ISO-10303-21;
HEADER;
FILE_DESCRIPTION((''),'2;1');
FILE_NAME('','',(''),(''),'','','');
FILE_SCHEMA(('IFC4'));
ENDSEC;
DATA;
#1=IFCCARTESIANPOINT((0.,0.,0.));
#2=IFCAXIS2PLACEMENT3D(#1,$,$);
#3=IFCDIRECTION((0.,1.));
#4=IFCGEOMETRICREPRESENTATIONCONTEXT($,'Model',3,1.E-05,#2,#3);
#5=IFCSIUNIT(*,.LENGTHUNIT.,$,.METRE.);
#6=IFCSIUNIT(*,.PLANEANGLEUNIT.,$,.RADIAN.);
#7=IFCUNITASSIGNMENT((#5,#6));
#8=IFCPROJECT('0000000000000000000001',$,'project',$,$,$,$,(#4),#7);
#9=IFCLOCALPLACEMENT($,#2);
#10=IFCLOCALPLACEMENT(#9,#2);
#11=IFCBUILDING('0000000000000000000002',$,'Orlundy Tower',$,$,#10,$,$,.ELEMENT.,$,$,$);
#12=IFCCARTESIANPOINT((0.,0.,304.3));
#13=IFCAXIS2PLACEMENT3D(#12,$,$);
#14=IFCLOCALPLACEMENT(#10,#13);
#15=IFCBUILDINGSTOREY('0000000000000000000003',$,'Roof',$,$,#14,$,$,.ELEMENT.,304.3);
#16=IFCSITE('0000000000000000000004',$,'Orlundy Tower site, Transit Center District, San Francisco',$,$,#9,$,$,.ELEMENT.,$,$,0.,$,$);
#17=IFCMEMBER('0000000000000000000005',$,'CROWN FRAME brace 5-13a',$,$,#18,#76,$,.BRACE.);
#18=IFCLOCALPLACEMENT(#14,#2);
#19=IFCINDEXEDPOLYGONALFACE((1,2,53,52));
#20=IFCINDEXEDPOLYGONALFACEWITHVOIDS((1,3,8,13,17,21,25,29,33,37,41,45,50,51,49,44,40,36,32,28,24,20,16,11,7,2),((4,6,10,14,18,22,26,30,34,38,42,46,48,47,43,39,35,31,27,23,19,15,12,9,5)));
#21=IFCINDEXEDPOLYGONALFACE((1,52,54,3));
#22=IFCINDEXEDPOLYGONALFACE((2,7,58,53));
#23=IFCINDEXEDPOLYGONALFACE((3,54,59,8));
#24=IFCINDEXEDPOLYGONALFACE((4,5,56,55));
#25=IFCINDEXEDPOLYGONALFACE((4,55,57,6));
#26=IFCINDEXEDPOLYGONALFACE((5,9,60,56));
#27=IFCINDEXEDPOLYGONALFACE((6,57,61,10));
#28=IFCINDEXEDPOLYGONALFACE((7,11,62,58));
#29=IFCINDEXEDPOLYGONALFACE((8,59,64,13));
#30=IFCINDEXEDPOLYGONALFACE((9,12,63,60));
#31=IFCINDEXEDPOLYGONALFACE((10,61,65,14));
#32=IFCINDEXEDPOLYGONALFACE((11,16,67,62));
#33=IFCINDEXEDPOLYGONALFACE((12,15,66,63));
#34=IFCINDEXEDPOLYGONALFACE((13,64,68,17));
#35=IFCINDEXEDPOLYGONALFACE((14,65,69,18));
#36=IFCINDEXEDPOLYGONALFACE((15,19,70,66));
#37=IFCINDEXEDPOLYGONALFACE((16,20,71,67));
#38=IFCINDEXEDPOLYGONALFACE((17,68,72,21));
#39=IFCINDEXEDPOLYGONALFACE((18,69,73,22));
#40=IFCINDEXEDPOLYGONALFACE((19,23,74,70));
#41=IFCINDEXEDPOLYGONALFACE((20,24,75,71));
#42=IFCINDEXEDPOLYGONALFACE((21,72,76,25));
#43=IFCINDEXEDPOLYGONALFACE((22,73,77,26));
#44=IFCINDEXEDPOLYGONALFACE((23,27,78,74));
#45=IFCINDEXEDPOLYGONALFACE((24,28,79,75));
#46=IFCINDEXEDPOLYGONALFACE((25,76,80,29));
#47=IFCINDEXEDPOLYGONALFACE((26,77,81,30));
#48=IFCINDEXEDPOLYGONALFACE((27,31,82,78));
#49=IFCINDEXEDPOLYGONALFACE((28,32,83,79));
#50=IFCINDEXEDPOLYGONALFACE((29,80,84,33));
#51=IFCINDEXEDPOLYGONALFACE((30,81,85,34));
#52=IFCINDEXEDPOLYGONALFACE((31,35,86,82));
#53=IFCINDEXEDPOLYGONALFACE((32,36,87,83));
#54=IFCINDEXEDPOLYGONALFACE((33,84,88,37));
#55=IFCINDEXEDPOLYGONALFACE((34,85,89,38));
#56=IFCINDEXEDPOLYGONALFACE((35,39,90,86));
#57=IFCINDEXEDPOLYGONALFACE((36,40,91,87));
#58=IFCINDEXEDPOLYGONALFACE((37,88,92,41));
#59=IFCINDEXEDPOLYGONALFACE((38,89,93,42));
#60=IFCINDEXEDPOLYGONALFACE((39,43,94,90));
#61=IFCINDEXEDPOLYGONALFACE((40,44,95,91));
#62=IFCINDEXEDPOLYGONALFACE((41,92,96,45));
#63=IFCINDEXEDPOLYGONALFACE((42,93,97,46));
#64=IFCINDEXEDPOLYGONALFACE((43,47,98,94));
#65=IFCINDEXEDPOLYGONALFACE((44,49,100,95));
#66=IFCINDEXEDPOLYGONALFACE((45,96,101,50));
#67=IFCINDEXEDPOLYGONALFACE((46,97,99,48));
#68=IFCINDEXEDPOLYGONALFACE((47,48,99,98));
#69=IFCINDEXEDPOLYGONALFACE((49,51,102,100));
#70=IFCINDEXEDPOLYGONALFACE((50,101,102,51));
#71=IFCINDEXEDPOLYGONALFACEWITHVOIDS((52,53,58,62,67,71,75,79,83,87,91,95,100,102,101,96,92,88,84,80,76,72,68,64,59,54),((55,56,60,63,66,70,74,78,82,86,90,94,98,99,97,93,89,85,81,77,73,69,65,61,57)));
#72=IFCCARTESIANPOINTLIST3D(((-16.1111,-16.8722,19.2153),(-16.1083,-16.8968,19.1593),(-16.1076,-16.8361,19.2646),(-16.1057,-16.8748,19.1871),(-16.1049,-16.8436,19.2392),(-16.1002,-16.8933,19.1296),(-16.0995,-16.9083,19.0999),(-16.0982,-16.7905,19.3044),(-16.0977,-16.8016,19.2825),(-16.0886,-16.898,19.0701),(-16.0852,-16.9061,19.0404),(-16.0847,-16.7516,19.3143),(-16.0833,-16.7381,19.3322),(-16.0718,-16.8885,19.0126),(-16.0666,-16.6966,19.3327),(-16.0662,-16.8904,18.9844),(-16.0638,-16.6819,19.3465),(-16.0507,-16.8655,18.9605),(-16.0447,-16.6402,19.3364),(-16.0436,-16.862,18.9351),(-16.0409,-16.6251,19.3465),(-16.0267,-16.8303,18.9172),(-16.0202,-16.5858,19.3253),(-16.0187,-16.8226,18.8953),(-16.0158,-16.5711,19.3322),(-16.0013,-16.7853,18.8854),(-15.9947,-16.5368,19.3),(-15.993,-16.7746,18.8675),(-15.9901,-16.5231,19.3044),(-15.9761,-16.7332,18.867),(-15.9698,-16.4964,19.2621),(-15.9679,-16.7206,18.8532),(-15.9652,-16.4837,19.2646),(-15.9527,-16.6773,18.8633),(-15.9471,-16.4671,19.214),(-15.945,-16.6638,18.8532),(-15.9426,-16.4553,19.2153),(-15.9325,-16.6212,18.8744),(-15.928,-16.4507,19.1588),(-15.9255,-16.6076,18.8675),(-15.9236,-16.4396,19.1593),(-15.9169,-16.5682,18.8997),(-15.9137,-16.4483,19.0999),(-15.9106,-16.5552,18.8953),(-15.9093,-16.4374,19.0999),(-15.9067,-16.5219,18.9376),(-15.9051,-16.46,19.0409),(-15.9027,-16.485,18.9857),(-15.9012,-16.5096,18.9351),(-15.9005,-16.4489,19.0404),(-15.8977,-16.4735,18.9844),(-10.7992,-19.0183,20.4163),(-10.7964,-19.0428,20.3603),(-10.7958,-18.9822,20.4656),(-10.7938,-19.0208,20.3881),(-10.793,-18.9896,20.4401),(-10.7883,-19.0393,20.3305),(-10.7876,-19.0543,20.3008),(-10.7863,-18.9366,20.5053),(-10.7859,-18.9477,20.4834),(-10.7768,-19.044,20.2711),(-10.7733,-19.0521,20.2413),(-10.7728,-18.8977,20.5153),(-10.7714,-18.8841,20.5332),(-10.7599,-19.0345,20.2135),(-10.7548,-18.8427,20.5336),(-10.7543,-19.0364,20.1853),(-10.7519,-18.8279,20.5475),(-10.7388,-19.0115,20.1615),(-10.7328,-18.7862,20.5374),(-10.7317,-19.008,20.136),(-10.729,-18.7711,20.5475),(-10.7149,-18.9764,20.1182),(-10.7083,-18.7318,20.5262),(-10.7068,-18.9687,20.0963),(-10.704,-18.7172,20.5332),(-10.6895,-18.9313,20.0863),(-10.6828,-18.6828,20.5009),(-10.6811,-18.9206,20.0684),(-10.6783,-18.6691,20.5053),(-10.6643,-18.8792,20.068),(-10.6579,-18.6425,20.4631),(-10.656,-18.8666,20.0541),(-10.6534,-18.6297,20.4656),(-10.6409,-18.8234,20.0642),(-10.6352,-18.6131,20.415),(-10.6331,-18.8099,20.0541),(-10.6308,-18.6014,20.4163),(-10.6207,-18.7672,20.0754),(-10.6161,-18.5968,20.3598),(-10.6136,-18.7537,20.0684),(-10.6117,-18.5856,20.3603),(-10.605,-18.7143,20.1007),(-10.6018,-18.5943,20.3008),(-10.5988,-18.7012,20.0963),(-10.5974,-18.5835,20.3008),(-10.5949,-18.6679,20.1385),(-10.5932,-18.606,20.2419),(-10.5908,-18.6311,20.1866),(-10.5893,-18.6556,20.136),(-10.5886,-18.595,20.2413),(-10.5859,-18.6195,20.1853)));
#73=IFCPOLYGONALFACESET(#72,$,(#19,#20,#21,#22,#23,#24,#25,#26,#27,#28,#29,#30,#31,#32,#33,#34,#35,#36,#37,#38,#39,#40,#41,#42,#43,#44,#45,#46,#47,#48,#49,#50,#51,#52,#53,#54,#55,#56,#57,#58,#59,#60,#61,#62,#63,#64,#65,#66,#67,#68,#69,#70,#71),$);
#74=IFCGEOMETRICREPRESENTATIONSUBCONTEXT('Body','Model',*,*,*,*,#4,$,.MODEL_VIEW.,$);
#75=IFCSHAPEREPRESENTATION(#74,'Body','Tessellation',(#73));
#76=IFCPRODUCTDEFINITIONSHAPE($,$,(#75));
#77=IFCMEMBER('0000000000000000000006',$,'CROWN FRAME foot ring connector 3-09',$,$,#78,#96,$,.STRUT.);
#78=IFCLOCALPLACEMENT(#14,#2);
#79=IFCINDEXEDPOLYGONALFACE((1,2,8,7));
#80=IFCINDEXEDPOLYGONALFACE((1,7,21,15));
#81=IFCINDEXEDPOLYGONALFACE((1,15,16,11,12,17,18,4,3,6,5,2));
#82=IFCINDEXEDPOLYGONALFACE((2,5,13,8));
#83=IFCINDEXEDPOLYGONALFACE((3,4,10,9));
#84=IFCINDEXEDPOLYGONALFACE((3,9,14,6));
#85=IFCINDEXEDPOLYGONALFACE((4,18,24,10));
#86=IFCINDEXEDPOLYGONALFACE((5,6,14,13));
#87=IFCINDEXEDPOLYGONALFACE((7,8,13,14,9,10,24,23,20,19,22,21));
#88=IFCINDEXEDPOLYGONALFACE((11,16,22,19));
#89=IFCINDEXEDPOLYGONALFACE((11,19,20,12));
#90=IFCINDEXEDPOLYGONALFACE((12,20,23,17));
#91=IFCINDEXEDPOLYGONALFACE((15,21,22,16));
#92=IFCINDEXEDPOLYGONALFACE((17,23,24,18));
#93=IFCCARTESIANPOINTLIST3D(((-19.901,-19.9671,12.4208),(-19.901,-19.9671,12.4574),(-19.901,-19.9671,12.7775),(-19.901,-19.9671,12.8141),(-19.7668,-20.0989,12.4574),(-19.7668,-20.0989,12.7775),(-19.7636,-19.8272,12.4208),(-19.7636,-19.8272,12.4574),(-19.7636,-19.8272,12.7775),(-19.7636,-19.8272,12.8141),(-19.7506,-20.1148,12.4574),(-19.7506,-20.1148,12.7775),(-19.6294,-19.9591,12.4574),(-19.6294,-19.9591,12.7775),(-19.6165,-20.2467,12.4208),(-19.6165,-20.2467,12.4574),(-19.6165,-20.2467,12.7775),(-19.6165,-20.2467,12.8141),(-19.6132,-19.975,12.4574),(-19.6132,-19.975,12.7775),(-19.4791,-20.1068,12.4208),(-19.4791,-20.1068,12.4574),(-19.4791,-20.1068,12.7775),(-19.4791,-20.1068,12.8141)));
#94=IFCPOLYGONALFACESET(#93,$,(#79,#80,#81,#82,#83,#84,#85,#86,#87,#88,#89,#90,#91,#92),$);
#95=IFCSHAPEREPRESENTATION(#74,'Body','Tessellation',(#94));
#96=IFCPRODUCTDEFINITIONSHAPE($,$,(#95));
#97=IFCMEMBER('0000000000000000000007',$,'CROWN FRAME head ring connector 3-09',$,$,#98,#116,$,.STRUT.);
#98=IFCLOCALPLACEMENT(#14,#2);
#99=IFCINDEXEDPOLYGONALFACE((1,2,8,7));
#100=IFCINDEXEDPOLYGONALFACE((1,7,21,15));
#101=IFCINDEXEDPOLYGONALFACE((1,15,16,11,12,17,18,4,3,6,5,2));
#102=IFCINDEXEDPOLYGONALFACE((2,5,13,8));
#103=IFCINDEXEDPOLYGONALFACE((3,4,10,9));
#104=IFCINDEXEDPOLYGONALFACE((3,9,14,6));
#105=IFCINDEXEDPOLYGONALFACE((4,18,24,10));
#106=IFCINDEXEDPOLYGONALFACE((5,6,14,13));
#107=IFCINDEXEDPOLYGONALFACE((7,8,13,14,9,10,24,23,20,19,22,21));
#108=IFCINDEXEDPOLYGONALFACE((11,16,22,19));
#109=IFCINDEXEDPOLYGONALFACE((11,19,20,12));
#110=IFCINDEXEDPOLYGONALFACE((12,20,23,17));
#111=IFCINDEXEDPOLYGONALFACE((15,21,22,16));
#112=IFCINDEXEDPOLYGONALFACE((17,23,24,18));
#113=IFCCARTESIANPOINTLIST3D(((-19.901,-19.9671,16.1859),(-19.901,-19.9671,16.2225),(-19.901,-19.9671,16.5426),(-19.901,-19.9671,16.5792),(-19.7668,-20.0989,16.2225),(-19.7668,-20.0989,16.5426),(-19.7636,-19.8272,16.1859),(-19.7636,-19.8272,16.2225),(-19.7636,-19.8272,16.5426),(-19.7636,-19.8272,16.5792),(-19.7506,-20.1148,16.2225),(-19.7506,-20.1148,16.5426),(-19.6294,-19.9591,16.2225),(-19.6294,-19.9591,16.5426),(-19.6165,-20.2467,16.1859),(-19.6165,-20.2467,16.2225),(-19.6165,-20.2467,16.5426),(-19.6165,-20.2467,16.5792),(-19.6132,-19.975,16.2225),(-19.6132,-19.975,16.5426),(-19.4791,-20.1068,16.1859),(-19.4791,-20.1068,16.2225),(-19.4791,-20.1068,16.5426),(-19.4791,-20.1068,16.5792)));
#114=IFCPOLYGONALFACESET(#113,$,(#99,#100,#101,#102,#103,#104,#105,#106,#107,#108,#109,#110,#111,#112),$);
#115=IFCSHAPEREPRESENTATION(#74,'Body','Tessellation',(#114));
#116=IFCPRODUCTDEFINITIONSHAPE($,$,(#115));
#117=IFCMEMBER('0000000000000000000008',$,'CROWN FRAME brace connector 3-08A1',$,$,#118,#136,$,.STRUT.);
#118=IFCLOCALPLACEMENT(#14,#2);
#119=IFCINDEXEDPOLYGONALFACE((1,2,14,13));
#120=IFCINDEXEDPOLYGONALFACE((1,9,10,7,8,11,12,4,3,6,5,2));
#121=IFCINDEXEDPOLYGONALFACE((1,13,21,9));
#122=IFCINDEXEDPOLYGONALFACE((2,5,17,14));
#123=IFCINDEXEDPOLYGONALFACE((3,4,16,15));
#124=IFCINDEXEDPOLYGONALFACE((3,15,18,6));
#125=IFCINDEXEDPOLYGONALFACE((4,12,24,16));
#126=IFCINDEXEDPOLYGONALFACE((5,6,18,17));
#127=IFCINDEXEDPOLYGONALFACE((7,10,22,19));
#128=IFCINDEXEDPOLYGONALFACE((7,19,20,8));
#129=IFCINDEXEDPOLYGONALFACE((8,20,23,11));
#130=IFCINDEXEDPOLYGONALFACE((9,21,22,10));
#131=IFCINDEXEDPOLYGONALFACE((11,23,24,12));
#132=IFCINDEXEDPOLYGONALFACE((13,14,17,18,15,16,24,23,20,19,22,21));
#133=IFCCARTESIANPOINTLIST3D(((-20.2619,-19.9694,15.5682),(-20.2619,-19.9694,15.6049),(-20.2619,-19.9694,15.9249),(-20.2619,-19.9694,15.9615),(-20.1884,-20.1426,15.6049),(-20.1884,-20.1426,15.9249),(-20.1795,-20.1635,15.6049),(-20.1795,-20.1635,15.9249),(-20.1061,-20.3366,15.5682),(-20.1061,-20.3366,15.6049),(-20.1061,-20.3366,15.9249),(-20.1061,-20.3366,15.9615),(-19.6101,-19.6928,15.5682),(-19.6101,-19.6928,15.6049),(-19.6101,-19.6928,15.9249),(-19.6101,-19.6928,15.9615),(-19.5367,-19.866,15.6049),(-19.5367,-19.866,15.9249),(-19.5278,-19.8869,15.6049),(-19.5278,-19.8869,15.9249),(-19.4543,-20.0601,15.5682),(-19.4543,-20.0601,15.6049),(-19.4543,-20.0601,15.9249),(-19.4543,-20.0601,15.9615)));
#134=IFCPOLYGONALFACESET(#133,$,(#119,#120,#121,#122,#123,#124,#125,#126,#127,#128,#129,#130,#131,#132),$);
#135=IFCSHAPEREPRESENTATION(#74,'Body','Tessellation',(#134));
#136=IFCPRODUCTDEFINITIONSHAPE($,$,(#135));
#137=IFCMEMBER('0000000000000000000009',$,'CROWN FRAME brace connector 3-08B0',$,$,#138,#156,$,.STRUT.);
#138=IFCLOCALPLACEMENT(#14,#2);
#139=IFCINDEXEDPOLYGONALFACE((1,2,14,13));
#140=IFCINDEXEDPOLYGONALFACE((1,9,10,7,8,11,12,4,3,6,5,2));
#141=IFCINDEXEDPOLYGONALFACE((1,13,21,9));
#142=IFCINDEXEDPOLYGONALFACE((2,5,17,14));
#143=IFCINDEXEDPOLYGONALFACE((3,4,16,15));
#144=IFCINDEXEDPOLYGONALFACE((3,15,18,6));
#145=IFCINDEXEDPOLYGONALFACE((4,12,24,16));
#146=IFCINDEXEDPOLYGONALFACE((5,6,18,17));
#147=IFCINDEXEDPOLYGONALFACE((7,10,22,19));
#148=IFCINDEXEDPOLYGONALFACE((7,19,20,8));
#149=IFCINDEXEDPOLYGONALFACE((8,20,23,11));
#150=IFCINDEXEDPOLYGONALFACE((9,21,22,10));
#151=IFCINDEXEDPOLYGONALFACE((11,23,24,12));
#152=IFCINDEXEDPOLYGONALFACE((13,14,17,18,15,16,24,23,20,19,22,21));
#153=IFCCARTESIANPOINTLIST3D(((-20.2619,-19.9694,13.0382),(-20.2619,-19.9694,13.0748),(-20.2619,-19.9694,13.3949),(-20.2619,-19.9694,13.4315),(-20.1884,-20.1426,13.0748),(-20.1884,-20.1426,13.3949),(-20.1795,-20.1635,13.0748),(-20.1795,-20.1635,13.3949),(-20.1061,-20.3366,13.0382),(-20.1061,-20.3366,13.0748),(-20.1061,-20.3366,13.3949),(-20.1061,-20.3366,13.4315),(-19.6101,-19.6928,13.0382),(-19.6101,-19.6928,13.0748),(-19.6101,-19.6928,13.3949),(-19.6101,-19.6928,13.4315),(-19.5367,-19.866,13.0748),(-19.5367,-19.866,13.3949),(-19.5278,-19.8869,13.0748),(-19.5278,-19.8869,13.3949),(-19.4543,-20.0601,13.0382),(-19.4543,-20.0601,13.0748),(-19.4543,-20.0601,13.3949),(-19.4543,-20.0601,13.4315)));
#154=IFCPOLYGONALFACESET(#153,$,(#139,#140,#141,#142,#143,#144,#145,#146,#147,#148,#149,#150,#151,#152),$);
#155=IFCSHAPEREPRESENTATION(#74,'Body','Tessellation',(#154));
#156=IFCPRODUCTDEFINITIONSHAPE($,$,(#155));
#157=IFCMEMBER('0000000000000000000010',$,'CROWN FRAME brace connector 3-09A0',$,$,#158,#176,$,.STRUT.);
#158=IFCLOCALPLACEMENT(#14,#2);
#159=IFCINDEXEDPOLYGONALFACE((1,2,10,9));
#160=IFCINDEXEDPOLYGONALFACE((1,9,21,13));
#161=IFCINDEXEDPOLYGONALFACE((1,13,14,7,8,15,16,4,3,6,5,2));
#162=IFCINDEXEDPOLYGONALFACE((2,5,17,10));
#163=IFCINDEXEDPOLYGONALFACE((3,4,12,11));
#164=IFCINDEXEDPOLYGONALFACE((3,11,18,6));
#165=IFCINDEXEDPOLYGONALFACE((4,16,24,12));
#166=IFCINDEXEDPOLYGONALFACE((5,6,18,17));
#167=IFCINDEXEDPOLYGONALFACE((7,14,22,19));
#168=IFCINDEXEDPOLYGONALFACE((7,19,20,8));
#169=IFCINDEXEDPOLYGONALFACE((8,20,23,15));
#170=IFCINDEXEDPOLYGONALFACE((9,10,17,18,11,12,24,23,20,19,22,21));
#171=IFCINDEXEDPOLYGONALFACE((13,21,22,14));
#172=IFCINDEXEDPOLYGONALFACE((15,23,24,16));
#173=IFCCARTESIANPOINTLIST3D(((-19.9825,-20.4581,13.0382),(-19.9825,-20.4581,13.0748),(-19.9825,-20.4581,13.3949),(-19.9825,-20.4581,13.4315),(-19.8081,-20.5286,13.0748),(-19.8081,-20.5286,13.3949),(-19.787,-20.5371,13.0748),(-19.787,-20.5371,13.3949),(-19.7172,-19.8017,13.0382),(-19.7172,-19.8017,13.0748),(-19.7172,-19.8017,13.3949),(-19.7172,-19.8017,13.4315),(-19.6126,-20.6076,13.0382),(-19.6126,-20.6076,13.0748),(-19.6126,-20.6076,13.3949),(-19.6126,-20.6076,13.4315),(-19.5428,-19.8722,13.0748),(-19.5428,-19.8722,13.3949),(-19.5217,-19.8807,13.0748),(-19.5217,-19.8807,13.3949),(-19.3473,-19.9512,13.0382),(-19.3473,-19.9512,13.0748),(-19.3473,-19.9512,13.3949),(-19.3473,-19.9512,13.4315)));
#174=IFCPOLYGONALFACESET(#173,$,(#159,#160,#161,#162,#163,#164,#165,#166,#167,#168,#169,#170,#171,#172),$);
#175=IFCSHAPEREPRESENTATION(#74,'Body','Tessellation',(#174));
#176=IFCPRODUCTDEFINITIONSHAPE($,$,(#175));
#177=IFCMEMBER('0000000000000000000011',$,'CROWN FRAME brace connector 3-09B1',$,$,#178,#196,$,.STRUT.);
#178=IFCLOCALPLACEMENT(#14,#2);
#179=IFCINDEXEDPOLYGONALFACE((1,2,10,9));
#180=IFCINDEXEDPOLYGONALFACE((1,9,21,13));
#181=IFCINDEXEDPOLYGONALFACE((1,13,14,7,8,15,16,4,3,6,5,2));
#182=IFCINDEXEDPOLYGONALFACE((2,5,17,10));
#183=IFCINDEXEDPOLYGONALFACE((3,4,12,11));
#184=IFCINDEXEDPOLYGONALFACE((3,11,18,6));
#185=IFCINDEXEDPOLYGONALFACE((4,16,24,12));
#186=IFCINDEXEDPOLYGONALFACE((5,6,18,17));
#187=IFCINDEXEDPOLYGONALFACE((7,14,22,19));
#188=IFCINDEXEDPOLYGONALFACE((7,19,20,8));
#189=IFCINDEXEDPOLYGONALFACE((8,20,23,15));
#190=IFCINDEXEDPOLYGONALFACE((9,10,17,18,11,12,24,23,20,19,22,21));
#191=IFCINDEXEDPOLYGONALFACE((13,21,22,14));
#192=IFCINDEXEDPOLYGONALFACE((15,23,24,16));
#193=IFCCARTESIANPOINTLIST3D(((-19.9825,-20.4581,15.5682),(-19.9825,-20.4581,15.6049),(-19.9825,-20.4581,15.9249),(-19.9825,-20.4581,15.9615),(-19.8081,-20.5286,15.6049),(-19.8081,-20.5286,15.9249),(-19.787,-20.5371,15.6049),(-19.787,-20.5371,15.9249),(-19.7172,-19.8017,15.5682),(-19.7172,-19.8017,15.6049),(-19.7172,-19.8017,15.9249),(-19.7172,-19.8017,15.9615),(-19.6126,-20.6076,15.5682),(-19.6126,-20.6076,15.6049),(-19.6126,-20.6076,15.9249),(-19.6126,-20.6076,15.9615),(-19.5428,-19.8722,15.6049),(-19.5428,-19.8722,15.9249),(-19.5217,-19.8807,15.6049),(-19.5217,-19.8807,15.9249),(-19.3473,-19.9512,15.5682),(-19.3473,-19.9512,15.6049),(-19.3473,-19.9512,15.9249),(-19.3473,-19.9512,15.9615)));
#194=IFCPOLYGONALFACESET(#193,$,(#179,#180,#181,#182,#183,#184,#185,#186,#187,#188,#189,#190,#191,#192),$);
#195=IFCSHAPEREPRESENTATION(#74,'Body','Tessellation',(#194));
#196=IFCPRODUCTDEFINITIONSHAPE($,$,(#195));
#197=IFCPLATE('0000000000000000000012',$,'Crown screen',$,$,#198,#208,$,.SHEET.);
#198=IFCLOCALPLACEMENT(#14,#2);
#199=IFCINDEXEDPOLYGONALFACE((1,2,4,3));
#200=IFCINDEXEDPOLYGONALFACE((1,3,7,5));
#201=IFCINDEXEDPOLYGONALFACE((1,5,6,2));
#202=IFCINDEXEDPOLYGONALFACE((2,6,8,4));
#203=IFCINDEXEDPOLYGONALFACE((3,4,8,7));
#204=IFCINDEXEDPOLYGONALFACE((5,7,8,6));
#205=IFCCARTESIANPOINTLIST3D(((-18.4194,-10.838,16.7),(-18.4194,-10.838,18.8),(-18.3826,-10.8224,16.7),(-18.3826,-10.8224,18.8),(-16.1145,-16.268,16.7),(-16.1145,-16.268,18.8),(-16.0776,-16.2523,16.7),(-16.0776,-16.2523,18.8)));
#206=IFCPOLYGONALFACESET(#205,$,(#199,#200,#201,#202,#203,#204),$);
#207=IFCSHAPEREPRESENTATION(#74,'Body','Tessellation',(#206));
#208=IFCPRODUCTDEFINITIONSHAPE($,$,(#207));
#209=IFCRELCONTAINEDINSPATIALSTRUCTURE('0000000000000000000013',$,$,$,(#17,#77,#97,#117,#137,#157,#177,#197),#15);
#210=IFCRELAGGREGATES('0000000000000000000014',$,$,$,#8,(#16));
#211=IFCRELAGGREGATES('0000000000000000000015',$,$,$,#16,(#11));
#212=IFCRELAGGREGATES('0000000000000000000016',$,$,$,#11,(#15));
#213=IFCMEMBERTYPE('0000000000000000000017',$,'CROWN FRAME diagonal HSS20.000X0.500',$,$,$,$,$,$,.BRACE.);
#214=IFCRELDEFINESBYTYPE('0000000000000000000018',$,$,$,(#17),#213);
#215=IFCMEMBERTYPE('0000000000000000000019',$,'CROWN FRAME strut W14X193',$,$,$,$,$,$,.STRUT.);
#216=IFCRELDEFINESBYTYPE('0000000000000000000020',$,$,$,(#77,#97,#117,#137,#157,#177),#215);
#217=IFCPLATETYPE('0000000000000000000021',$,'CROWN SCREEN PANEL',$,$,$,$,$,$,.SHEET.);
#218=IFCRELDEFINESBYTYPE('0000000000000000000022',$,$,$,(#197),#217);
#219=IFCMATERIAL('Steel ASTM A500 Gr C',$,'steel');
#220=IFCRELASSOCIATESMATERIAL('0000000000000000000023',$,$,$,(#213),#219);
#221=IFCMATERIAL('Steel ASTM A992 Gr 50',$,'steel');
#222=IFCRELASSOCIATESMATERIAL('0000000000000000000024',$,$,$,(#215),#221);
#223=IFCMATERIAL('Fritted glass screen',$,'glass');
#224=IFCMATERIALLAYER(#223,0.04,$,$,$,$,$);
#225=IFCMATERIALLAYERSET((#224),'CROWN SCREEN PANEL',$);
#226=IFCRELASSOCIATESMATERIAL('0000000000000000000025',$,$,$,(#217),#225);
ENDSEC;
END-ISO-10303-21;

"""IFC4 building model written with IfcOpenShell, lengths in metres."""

from ifc_helpers import new_model, si_unit, direction, frame, origin, origin_2d, place, context, subcontext, project, spatial, rectangle, hollow_circle, i_section, extrude, material, layer, layer_set, material_profile, profile_set, type_object, element, save


model = new_model("IFC4")

# Units and contexts
model_context = context("Model", 3, precision=1e-05, world=origin(), true_north=direction((0.0, 1.0)))
body_context = subcontext(model_context, "Body", "Model", "MODEL_VIEW")
ifc_project = project(units=[si_unit("LENGTHUNIT", "METRE"), si_unit("PLANEANGLEUNIT", "RADIAN")], contexts=[model_context])

# Site, building, storey
site_placement = place(None, origin())
site = spatial("IfcSite", under=ifc_project, at=site_placement, Name="Orlundy Tower site, Transit Center District, San Francisco", CompositionType="ELEMENT", RefElevation=0.0)
building_placement = place(site_placement, origin())
building = spatial("IfcBuilding", under=site, at=building_placement, Name="Orlundy Tower", CompositionType="ELEMENT")
storey_placement = place(building_placement, frame((0.0, 0.0, 304.3)))
storey = spatial("IfcBuildingStorey", under=building, at=storey_placement, Name="Roof", CompositionType="ELEMENT", Elevation=304.3)

# Members
ifc_material_1 = material(Name="Steel ASTM A500 Gr C", Category="steel")
ifc_material_profile_1 = material_profile(ifc_material_1, hollow_circle(Radius=0.2539, WallThickness=0.0117, at=origin_2d()), Name="HSS20.000X0.500")
ifc_profile_set_1 = profile_set([ifc_material_profile_1], Name="Steel ASTM A500 Gr C")
member_type_1 = type_object("IfcMemberType", Name="CROWN FRAME diagonal HSS20.000X0.500", PredefinedType="BRACE", material=ifc_profile_set_1)
member_1_placement = place(storey_placement, frame((-16.0044, -16.6729, 19.0999), z_axis=(0.907466, -0.366623, 0.205167), x_axis=(0.374592, 0.92719, 0.0)))
element("IfcMember", 1, at=member_1_placement, inside=storey, type_object=member_type_1, Name="CROWN FRAME brace 5-13a", PredefinedType="BRACE", context=body_context, shape_type="SweptSolid", body=[
    extrude(hollow_circle(Radius=0.2539, WallThickness=0.0117, at=origin_2d()), origin(), (0.0, 0.0, 1.0), 5.8535),
])
ifc_material_2 = material(Name="Steel ASTM A992 Gr 50", Category="steel")
ifc_material_profile_2 = material_profile(ifc_material_2, i_section(OverallWidth=0.3989, OverallDepth=0.3933, WebThickness=0.0227, FlangeThickness=0.0366, at=origin_2d()), Name="W14X193")
ifc_profile_set_2 = profile_set([ifc_material_profile_2], Name="Steel ASTM A992 Gr 50")
member_type_2 = type_object("IfcMemberType", Name="CROWN FRAME strut W14X193", PredefinedType="STRUT", material=ifc_profile_set_2)
for number, where, z_axis, x_axis, name in (
    (2, (-19.6213, -19.967, 12.6174), (-0.700855, -0.713304, 0.0), (0.713304, -0.700855, 0.0), "CROWN FRAME foot ring connector 3-09"),
    (3, (-19.6213, -19.967, 16.3826), (-0.700855, -0.713304, 0.0), (0.713304, -0.700855, 0.0), "CROWN FRAME head ring connector 3-09"),
):
    element("IfcMember", number, at=place(storey_placement, frame(where, z_axis=z_axis, x_axis=x_axis)), inside=storey, type_object=member_type_2, Name=name, PredefinedType="STRUT", context=body_context, shape_type="SweptSolid", body=[
        extrude(i_section(OverallWidth=0.3989, OverallDepth=0.3933, WebThickness=0.0227, FlangeThickness=0.0366, at=origin_2d()), origin(), (0.0, 0.0, 1.0), 0.196),
    ])
for number, where, z_axis, x_axis, name in (
    (4, (-19.5322, -19.8765, 15.7649), (-0.920548, -0.39063, 0.0), (0.39063, -0.920548, 0.0), "CROWN FRAME brace connector 3-08A1"),
    (5, (-19.5322, -19.8765, 13.2349), (-0.920548, -0.39063, 0.0), (0.39063, -0.920548, 0.0), "CROWN FRAME brace connector 3-08B0"),
    (6, (-19.5322, -19.8765, 13.2349), (-0.374777, -0.927115, 0.0), (0.927115, -0.374777, 0.0), "CROWN FRAME brace connector 3-09A0"),
    (7, (-19.5322, -19.8765, 15.7649), (-0.374777, -0.927115, 0.0), (0.927115, -0.374777, 0.0), "CROWN FRAME brace connector 3-09B1"),
):
    element("IfcMember", number, at=place(storey_placement, frame(where, z_axis=z_axis, x_axis=x_axis)), inside=storey, type_object=member_type_2, Name=name, PredefinedType="STRUT", context=body_context, shape_type="SweptSolid", body=[
        extrude(i_section(OverallWidth=0.3989, OverallDepth=0.3933, WebThickness=0.0227, FlangeThickness=0.0366, at=origin_2d()), origin(), (0.0, 0.0, 1.0), 0.708),
    ])

# Plate
ifc_material_3 = material(Name="Fritted glass screen", Category="glass")
ifc_layer = layer(ifc_material_3, 0.04)
ifc_layer_set = layer_set([ifc_layer], Name="CROWN SCREEN PANEL")
plate_type = type_object("IfcPlateType", Name="CROWN SCREEN PANEL", PredefinedType="SHEET", material=ifc_layer_set)
for number, where, z_axis, x_axis, name in (
    (8, (-17.2485, -13.5452, 16.7), (0.0, 0.0, 1.0), (0.390742, -0.9205, 0.0), "Crown screen"),
):
    element("IfcPlate", number, at=place(storey_placement, frame(where, z_axis=z_axis, x_axis=x_axis)), inside=storey, type_object=plate_type, Name=name, PredefinedType="SHEET", context=body_context, shape_type="SweptSolid", body=[
        extrude(rectangle(XDim=5.8989, YDim=0.04, at=origin_2d()), origin(), (0.0, 0.0, 1.0), 2.1001),
    ])

save(model, "model.ifc")
